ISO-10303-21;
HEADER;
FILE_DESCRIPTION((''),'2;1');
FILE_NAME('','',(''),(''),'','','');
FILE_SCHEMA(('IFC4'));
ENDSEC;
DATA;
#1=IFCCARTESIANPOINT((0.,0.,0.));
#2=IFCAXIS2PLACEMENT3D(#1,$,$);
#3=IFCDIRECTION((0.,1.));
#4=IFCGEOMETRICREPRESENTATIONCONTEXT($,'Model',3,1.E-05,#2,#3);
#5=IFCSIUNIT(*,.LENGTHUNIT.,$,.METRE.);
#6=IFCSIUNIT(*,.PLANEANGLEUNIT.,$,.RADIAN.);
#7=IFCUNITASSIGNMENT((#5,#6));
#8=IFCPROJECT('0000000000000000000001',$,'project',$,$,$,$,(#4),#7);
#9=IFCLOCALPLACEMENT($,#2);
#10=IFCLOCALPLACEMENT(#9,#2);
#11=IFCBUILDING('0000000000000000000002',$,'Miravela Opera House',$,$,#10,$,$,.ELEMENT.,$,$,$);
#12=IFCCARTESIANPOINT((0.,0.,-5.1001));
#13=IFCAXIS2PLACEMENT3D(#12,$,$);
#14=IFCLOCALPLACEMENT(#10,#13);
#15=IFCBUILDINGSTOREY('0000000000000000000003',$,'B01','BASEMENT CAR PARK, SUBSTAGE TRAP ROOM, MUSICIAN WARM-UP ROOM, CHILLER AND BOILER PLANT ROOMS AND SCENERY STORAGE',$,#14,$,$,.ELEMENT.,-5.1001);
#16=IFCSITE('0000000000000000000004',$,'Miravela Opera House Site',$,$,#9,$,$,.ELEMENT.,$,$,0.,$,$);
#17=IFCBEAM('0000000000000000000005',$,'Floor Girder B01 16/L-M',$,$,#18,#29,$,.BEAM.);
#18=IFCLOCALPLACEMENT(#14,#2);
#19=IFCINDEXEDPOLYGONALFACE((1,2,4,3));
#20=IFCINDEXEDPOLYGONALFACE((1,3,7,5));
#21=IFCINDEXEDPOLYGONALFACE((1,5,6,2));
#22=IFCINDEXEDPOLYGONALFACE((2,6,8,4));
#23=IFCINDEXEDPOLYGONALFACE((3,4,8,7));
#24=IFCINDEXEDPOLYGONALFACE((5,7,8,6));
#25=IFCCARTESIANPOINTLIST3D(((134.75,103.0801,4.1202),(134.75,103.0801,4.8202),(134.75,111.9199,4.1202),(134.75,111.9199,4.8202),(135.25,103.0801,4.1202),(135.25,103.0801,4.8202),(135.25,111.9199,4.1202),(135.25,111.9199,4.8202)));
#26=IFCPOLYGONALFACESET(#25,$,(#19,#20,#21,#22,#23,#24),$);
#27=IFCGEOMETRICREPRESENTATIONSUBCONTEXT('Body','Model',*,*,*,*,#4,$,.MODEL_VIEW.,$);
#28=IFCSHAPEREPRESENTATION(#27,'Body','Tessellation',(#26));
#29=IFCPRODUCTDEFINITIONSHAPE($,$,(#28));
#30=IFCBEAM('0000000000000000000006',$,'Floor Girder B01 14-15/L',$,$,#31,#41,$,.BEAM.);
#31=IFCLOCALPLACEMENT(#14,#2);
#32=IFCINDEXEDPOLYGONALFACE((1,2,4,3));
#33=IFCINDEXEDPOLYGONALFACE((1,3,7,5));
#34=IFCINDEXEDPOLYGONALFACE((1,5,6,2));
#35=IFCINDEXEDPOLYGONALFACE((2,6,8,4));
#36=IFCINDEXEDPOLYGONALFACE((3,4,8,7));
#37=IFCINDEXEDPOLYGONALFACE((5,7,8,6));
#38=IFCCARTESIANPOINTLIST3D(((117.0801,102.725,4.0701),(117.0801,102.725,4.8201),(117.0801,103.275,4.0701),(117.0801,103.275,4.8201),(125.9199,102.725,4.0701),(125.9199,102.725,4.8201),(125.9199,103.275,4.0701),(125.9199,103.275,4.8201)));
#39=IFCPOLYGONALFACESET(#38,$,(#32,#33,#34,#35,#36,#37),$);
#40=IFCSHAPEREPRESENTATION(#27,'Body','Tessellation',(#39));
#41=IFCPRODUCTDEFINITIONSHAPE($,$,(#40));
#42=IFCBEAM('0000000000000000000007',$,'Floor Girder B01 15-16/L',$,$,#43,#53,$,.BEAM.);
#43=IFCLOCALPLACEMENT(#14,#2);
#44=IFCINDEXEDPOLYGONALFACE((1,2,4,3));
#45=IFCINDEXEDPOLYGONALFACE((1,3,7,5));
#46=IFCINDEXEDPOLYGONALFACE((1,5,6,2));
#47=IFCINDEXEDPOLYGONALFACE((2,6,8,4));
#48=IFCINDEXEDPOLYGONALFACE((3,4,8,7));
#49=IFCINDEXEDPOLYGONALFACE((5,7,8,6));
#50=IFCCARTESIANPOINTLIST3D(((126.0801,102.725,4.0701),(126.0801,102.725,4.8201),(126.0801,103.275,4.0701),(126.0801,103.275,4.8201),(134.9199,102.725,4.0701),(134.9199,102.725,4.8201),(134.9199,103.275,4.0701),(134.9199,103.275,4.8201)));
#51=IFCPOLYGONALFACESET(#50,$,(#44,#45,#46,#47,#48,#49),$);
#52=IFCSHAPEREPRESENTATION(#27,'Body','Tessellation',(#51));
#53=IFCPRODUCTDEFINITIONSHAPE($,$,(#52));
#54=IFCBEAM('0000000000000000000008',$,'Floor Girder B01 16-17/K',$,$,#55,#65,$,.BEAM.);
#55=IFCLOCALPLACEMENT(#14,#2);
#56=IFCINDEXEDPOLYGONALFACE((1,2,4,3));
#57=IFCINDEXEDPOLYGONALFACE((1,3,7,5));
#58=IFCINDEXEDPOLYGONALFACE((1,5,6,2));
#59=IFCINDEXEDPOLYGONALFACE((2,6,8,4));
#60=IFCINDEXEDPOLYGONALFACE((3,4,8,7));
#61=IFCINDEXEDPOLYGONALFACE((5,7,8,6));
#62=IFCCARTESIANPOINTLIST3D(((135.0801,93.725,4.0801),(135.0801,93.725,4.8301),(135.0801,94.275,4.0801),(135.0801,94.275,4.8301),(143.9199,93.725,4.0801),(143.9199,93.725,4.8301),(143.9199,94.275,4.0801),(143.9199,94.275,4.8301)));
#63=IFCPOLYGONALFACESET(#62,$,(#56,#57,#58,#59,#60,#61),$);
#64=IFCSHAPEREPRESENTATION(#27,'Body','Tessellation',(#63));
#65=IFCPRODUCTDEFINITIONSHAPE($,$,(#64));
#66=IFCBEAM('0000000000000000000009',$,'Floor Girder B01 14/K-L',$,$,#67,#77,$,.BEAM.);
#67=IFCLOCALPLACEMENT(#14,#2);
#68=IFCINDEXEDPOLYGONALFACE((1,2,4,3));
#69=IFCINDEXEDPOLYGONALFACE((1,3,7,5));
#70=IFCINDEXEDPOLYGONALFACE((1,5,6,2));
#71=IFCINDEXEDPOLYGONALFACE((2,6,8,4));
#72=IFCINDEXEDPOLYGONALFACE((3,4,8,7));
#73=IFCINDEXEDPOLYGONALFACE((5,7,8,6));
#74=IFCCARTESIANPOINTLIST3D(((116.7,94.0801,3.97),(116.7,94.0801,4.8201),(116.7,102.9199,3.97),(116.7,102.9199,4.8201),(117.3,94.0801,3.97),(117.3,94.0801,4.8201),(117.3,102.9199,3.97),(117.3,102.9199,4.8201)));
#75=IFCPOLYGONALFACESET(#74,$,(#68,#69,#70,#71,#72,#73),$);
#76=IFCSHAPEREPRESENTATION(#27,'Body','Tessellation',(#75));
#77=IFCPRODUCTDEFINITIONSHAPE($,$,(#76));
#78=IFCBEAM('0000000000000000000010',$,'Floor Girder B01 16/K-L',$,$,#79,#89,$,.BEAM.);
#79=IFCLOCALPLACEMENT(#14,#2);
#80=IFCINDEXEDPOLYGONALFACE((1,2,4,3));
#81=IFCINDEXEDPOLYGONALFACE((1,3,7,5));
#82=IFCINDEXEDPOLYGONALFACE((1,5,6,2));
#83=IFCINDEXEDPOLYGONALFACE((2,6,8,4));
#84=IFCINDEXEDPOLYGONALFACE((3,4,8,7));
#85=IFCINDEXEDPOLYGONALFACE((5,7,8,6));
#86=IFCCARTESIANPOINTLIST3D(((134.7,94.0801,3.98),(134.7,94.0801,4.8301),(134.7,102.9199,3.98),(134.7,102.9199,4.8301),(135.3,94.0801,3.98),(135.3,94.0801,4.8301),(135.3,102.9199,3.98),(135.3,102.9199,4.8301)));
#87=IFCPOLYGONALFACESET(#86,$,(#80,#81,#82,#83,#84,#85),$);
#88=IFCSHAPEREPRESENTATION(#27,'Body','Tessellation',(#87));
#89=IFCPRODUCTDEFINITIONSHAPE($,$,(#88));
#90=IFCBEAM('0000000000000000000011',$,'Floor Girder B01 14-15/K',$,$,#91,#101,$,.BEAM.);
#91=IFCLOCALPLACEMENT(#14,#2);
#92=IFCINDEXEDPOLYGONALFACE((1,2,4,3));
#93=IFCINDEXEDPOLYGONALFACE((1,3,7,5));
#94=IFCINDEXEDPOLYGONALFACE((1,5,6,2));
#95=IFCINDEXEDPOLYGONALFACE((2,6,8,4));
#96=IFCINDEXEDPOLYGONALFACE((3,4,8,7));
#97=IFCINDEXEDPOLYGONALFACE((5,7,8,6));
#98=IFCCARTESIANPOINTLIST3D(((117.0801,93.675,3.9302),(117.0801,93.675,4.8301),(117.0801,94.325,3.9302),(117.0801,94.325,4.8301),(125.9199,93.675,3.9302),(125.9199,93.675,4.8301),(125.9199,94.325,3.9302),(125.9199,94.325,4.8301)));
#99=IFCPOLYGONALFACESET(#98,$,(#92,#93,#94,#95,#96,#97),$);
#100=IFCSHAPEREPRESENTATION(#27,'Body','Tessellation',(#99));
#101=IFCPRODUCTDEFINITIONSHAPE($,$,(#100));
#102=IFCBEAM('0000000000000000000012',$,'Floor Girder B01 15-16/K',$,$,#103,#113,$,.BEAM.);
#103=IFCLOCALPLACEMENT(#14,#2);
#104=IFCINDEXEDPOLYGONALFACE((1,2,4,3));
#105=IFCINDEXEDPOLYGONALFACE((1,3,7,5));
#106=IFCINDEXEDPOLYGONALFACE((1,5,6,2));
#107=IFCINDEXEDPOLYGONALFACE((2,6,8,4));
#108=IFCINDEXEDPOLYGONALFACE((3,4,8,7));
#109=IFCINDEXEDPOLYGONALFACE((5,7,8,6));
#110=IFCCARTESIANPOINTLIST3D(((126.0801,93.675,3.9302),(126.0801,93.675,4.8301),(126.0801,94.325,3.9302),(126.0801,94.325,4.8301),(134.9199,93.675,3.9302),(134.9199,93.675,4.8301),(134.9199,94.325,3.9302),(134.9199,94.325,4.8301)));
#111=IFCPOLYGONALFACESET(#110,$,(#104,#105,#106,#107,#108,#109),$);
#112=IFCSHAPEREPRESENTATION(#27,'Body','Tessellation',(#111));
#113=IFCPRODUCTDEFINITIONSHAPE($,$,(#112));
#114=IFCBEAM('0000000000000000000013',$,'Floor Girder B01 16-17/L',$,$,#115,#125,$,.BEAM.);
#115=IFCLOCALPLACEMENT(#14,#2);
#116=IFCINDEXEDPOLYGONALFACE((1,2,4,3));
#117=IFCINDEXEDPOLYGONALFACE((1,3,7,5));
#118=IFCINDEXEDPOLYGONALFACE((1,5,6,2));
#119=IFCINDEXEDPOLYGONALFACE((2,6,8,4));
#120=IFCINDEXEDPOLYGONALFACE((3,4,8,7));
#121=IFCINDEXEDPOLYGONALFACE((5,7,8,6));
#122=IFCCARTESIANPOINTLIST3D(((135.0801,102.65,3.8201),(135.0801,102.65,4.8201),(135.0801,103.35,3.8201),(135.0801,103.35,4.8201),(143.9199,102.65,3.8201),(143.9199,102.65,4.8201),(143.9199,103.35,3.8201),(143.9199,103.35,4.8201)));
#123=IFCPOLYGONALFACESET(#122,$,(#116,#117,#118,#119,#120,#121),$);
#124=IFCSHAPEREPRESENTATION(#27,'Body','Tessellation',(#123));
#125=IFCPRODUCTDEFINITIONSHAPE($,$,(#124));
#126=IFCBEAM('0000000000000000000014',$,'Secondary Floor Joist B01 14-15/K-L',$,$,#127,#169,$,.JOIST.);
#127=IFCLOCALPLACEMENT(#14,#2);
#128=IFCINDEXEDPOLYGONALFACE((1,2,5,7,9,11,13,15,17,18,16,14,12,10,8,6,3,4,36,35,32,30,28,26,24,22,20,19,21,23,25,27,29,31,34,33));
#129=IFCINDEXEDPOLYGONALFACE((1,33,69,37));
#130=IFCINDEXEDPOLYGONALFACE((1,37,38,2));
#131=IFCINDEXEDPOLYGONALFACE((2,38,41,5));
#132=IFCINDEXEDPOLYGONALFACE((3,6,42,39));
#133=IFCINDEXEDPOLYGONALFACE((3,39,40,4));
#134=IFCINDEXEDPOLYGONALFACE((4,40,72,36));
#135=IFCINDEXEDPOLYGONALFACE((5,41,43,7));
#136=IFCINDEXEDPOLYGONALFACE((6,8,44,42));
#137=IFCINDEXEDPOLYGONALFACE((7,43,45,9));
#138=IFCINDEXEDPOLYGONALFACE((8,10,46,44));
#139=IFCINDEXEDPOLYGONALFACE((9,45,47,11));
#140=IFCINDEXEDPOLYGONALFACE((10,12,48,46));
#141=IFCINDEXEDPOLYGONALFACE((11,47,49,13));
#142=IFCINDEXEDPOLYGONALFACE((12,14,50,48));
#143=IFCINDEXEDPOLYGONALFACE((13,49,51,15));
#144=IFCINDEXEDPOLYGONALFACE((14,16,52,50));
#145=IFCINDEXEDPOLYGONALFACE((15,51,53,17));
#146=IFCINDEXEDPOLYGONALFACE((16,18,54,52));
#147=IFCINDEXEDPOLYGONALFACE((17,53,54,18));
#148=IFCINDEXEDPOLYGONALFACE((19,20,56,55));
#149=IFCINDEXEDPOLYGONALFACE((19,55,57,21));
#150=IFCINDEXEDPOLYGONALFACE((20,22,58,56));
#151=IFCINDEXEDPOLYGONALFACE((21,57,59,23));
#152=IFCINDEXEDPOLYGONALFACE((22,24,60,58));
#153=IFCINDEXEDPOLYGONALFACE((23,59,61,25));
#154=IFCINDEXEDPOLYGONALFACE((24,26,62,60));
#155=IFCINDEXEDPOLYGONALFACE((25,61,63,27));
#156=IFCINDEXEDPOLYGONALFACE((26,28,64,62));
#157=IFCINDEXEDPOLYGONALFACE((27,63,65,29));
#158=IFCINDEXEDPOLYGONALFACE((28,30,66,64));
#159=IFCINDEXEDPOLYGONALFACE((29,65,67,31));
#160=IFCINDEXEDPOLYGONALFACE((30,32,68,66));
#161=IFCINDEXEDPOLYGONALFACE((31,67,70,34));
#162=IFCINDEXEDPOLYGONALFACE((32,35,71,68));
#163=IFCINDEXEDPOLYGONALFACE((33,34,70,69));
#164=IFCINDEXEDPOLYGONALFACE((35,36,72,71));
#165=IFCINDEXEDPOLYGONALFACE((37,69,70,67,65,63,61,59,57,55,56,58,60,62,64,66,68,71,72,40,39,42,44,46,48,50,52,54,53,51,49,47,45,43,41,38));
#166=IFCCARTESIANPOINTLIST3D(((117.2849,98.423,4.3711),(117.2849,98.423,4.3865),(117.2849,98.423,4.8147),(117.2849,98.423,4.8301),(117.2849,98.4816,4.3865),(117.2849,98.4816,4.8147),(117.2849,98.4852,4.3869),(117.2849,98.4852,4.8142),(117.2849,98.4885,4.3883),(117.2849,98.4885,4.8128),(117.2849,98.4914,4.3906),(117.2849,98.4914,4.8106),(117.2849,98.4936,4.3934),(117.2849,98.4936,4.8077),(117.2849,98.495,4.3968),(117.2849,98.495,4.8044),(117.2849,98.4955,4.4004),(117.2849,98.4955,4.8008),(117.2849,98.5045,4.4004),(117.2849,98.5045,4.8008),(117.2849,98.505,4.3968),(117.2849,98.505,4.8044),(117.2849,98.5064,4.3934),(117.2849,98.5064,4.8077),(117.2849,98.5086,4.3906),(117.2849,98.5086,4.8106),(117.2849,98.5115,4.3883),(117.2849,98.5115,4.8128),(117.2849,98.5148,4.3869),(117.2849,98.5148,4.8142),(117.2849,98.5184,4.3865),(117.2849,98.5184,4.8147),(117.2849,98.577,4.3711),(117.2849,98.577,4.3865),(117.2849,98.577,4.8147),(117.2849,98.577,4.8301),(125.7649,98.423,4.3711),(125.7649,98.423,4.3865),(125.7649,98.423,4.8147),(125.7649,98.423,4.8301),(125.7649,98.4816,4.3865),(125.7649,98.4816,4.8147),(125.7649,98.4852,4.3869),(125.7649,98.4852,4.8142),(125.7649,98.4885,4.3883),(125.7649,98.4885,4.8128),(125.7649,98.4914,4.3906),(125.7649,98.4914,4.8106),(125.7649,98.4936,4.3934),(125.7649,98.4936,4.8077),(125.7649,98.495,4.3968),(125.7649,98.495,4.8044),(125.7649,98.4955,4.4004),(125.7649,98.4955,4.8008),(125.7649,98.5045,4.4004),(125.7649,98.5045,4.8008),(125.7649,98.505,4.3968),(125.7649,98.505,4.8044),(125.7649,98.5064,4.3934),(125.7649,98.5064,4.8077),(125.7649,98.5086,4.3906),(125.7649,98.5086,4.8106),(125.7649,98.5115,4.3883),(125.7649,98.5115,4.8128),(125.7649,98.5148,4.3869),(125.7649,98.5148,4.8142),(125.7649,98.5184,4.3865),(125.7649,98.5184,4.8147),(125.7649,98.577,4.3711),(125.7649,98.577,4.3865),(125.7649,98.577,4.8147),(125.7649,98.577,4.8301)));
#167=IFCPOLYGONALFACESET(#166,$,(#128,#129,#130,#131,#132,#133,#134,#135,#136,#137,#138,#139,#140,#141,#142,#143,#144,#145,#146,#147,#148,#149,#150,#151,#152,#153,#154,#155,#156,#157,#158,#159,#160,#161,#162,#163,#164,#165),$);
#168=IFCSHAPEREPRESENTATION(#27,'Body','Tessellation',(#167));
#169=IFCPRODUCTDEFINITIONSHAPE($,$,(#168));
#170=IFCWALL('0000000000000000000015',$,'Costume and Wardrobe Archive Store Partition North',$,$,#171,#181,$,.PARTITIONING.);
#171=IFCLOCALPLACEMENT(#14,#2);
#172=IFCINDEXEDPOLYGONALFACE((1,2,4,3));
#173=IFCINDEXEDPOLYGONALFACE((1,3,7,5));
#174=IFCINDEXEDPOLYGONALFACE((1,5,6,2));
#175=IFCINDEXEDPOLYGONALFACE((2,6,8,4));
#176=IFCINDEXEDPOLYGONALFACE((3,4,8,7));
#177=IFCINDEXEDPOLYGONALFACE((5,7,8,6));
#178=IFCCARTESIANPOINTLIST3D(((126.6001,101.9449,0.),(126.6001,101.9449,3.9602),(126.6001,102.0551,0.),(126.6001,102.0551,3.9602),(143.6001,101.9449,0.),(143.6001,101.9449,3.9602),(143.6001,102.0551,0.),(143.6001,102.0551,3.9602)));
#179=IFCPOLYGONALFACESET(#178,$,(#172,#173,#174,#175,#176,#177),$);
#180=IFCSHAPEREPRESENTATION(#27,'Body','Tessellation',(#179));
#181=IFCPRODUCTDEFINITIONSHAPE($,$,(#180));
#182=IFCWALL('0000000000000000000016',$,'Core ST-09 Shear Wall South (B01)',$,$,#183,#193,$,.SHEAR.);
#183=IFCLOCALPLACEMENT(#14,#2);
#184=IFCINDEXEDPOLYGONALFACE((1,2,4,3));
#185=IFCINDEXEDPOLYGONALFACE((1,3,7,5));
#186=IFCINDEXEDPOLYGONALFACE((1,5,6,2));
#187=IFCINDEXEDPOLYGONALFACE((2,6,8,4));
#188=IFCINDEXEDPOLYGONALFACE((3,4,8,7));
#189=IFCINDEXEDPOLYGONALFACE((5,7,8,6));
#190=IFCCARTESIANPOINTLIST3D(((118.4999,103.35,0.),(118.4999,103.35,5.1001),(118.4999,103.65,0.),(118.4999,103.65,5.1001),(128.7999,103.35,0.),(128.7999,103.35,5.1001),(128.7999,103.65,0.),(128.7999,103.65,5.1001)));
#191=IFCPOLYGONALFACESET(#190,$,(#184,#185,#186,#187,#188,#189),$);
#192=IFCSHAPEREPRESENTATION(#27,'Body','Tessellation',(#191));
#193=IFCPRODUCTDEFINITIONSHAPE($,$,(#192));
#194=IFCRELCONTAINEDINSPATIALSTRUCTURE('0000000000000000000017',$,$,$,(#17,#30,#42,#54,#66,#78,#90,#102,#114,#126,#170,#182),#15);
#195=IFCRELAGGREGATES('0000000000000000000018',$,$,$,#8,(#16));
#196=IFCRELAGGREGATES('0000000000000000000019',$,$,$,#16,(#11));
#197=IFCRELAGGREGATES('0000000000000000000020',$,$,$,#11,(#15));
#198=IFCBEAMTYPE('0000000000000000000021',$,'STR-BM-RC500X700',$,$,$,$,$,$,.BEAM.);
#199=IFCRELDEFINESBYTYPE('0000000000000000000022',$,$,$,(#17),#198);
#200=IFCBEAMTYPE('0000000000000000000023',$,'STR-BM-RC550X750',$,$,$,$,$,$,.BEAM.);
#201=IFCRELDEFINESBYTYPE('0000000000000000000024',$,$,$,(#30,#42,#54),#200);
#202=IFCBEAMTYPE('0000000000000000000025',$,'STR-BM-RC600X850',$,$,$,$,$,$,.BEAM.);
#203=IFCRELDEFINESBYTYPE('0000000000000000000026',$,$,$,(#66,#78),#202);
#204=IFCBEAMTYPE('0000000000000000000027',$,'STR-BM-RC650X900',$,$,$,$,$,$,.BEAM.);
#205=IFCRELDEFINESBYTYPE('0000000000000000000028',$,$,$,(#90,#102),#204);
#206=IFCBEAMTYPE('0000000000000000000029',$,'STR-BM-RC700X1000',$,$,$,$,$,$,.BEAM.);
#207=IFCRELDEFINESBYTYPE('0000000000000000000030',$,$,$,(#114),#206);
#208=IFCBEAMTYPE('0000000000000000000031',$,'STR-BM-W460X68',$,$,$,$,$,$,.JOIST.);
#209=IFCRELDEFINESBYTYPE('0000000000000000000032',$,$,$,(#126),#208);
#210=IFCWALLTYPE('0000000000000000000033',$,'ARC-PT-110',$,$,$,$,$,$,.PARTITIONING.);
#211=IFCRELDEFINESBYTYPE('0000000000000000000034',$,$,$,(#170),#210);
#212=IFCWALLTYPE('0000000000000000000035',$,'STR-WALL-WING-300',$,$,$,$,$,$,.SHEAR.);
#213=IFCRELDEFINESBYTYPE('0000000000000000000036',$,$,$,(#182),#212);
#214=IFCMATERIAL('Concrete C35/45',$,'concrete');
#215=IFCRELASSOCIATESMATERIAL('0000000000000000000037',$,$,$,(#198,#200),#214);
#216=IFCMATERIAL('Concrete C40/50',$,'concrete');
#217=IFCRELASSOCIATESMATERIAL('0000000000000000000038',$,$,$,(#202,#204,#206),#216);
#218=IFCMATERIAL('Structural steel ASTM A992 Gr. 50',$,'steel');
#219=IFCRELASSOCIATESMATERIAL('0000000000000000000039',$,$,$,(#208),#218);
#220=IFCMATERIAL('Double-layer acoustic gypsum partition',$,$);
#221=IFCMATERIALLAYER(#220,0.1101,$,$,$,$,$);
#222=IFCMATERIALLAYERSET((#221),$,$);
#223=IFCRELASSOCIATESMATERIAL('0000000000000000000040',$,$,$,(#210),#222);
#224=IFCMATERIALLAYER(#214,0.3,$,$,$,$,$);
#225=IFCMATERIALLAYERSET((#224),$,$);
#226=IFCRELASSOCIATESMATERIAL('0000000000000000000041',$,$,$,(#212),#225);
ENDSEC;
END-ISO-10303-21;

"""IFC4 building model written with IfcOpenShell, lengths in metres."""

from ifc_helpers import new_model, si_unit, direction, frame, frame_2d, origin, origin_2d, place, context, subcontext, project, spatial, rectangle, i_section, extrude, material, layer, layer_set, material_profile, profile_set, type_object, element, save


model = new_model("IFC4")

# Units and contexts
model_context = context("Model", 3, precision=1e-05, world=origin(), true_north=direction((0.0, 1.0)))
body_context = subcontext(model_context, "Body", "Model", "MODEL_VIEW")
ifc_project = project(units=[si_unit("LENGTHUNIT", "METRE"), si_unit("PLANEANGLEUNIT", "RADIAN")], contexts=[model_context])

# Site, building, storey
site_placement = place(None, origin())
site = spatial("IfcSite", under=ifc_project, at=site_placement, Name="Miravela Opera House Site", CompositionType="ELEMENT", RefElevation=0.0)
building_placement = place(site_placement, origin())
building = spatial("IfcBuilding", under=site, at=building_placement, Name="Miravela Opera House", CompositionType="ELEMENT")
storey_placement = place(building_placement, frame((0.0, 0.0, -5.1001)))
storey = spatial("IfcBuildingStorey", under=building, at=storey_placement, Name="B01", Description="BASEMENT CAR PARK, SUBSTAGE TRAP ROOM, MUSICIAN WARM-UP ROOM, CHILLER AND BOILER PLANT ROOMS AND SCENERY STORAGE", CompositionType="ELEMENT", Elevation=-5.1001)

# Shared definitions
ifc_material_1 = material(Name="Concrete C35/45", Category="concrete")

# Shared definitions
ifc_material_2 = material(Name="Concrete C40/50", Category="concrete")

# Beams
ifc_material_profile_1 = material_profile(ifc_material_1, rectangle(XDim=0.5, YDim=0.7, at=origin_2d()), Name="RC-BM-500X700")
ifc_profile_set_1 = profile_set([ifc_material_profile_1])
beam_type_1 = type_object("IfcBeamType", Name="STR-BM-RC500X700", PredefinedType="BEAM", material=ifc_profile_set_1)
for number, where, z_axis, x_axis, name in (
    (1, (135.0, 103.0801, 4.4702), (0.0, 1.0, 0.0), (-1.0, 0.0, 0.0), "Floor Girder B01 16/L-M"),
):
    element("IfcBeam", number, at=place(storey_placement, frame(where, z_axis=z_axis, x_axis=x_axis)), inside=storey, type_object=beam_type_1, Name=name, PredefinedType="BEAM", context=body_context, shape_type="SweptSolid", body=[
        extrude(rectangle(XDim=0.5, YDim=0.7, at=origin_2d()), origin(), (0.0, 0.0, 1.0), 8.8398),
    ])
ifc_material_profile_2 = material_profile(ifc_material_1, rectangle(XDim=0.55, YDim=0.75, at=origin_2d()), Name="RC-BM-550X750")
ifc_profile_set_2 = profile_set([ifc_material_profile_2])
beam_type_2 = type_object("IfcBeamType", Name="STR-BM-RC550X750", PredefinedType="BEAM", material=ifc_profile_set_2)
for number, where, z_axis, x_axis, name in (
    (2, (117.0801, 103.0, 4.4451), (1.0, 0.0, 0.0), (0.0, 1.0, 0.0), "Floor Girder B01 14-15/L"),
    (3, (126.0801, 103.0, 4.4451), (1.0, 0.0, 0.0), (0.0, 1.0, 0.0), "Floor Girder B01 15-16/L"),
    (4, (135.0801, 94.0, 4.4551), (1.0, 0.0, 0.0), (0.0, 1.0, 0.0), "Floor Girder B01 16-17/K"),
):
    element("IfcBeam", number, at=place(storey_placement, frame(where, z_axis=z_axis, x_axis=x_axis)), inside=storey, type_object=beam_type_2, Name=name, PredefinedType="BEAM", context=body_context, shape_type="SweptSolid", body=[
        extrude(rectangle(XDim=0.55, YDim=0.75, at=origin_2d()), origin(), (0.0, 0.0, 1.0), 8.8398),
    ])
ifc_material_profile_3 = material_profile(ifc_material_2, rectangle(XDim=0.6001, YDim=0.8501, at=origin_2d()), Name="RC-BM-600X850")
ifc_profile_set_3 = profile_set([ifc_material_profile_3])
beam_type_3 = type_object("IfcBeamType", Name="STR-BM-RC600X850", PredefinedType="BEAM", material=ifc_profile_set_3)
for number, where, z_axis, x_axis, name in (
    (5, (117.0, 94.0801, 4.395), (0.0, 1.0, 0.0), (-1.0, 0.0, 0.0), "Floor Girder B01 14/K-L"),
    (6, (135.0, 94.0801, 4.405), (0.0, 1.0, 0.0), (-1.0, 0.0, 0.0), "Floor Girder B01 16/K-L"),
):
    element("IfcBeam", number, at=place(storey_placement, frame(where, z_axis=z_axis, x_axis=x_axis)), inside=storey, type_object=beam_type_3, Name=name, PredefinedType="BEAM", context=body_context, shape_type="SweptSolid", body=[
        extrude(rectangle(XDim=0.6001, YDim=0.8501, at=origin_2d()), origin(), (0.0, 0.0, 1.0), 8.8398),
    ])
ifc_material_profile_4 = material_profile(ifc_material_2, rectangle(XDim=0.6499, YDim=0.8999, at=origin_2d()), Name="RC-BM-650X900")
ifc_profile_set_4 = profile_set([ifc_material_profile_4])
beam_type_4 = type_object("IfcBeamType", Name="STR-BM-RC650X900", PredefinedType="BEAM", material=ifc_profile_set_4)
for number, where, z_axis, x_axis, name in (
    (7, (117.0801, 94.0, 4.3801), (1.0, 0.0, 0.0), (0.0, 1.0, 0.0), "Floor Girder B01 14-15/K"),
    (8, (126.0801, 94.0, 4.3801), (1.0, 0.0, 0.0), (0.0, 1.0, 0.0), "Floor Girder B01 15-16/K"),
):
    element("IfcBeam", number, at=place(storey_placement, frame(where, z_axis=z_axis, x_axis=x_axis)), inside=storey, type_object=beam_type_4, Name=name, PredefinedType="BEAM", context=body_context, shape_type="SweptSolid", body=[
        extrude(rectangle(XDim=0.6499, YDim=0.8999, at=origin_2d()), origin(), (0.0, 0.0, 1.0), 8.8398),
    ])
ifc_material_profile_5 = material_profile(ifc_material_2, rectangle(XDim=0.7, YDim=1.0, at=origin_2d()), Name="RC-BM-700X1000")
ifc_profile_set_5 = profile_set([ifc_material_profile_5])
beam_type_5 = type_object("IfcBeamType", Name="STR-BM-RC700X1000", PredefinedType="BEAM", material=ifc_profile_set_5)
beam_1_placement = place(storey_placement, frame((135.0801, 103.0, 4.3201), z_axis=(1.0, 0.0, 0.0), x_axis=(0.0, 1.0, 0.0)))
element("IfcBeam", 9, at=beam_1_placement, inside=storey, type_object=beam_type_5, Name="Floor Girder B01 16-17/L", PredefinedType="BEAM", context=body_context, shape_type="SweptSolid", body=[
    extrude(rectangle(XDim=0.7, YDim=1.0, at=origin_2d()), origin(), (0.0, 0.0, 1.0), 8.8398),
])
ifc_material_3 = material(Name="Structural steel ASTM A992 Gr. 50", Category="steel")
ifc_material_profile_6 = material_profile(ifc_material_3, i_section(OverallWidth=0.1541, OverallDepth=0.459, WebThickness=0.009, FlangeThickness=0.0154, FilletRadius=0.0139, at=origin_2d()), Name="W460X68")
ifc_profile_set_6 = profile_set([ifc_material_profile_6])
beam_type_6 = type_object("IfcBeamType", Name="STR-BM-W460X68", PredefinedType="JOIST", material=ifc_profile_set_6)
beam_2_placement = place(storey_placement, frame((117.2849, 98.5, 4.6006), z_axis=(1.0, 0.0, 0.0), x_axis=(0.0, 1.0, 0.0)))
element("IfcBeam", 10, at=beam_2_placement, inside=storey, type_object=beam_type_6, Name="Secondary Floor Joist B01 14-15/K-L", PredefinedType="JOIST", context=body_context, shape_type="SweptSolid", body=[
    extrude(i_section(OverallWidth=0.1541, OverallDepth=0.459, WebThickness=0.009, FlangeThickness=0.0154, FilletRadius=0.0139, at=origin_2d()), origin(), (0.0, 0.0, 1.0), 8.48),
])

# Walls
ifc_material_4 = material(Name="Double-layer acoustic gypsum partition")
ifc_layer_1 = layer(ifc_material_4, 0.1101)
ifc_layer_set_1 = layer_set([ifc_layer_1])
wall_type_1 = type_object("IfcWallType", Name="ARC-PT-110", PredefinedType="PARTITIONING", material=ifc_layer_set_1)
wall_1_placement = place(storey_placement, frame((126.6001, 102.0, 0.0), z_axis=(0.0, 0.0, 1.0), x_axis=(1.0, 0.0, 0.0)))
element("IfcWall", 11, at=wall_1_placement, inside=storey, type_object=wall_type_1, Name="Costume and Wardrobe Archive Store Partition North", PredefinedType="PARTITIONING", context=body_context, shape_type="SweptSolid", body=[
    extrude(rectangle(XDim=17.0, YDim=0.1101, at=frame_2d((8.5, 0.0))), origin(), (0.0, 0.0, 1.0), 3.9602),
])
ifc_layer_2 = layer(ifc_material_1, 0.3)
ifc_layer_set_2 = layer_set([ifc_layer_2])
wall_type_2 = type_object("IfcWallType", Name="STR-WALL-WING-300", PredefinedType="SHEAR", material=ifc_layer_set_2)
wall_2_placement = place(storey_placement, frame((118.5, 103.5, 0.0), z_axis=(0.0, 0.0, 1.0), x_axis=(1.0, 0.0, 0.0)))
element("IfcWall", 12, at=wall_2_placement, inside=storey, type_object=wall_type_2, Name="Core ST-09 Shear Wall South (B01)", PredefinedType="SHEAR", context=body_context, shape_type="SweptSolid", body=[
    extrude(rectangle(XDim=10.3, YDim=0.3, at=frame_2d((5.1499, 0.0))), origin(), (0.0, 0.0, 1.0), 5.1001),
])

save(model, "model.ifc")
